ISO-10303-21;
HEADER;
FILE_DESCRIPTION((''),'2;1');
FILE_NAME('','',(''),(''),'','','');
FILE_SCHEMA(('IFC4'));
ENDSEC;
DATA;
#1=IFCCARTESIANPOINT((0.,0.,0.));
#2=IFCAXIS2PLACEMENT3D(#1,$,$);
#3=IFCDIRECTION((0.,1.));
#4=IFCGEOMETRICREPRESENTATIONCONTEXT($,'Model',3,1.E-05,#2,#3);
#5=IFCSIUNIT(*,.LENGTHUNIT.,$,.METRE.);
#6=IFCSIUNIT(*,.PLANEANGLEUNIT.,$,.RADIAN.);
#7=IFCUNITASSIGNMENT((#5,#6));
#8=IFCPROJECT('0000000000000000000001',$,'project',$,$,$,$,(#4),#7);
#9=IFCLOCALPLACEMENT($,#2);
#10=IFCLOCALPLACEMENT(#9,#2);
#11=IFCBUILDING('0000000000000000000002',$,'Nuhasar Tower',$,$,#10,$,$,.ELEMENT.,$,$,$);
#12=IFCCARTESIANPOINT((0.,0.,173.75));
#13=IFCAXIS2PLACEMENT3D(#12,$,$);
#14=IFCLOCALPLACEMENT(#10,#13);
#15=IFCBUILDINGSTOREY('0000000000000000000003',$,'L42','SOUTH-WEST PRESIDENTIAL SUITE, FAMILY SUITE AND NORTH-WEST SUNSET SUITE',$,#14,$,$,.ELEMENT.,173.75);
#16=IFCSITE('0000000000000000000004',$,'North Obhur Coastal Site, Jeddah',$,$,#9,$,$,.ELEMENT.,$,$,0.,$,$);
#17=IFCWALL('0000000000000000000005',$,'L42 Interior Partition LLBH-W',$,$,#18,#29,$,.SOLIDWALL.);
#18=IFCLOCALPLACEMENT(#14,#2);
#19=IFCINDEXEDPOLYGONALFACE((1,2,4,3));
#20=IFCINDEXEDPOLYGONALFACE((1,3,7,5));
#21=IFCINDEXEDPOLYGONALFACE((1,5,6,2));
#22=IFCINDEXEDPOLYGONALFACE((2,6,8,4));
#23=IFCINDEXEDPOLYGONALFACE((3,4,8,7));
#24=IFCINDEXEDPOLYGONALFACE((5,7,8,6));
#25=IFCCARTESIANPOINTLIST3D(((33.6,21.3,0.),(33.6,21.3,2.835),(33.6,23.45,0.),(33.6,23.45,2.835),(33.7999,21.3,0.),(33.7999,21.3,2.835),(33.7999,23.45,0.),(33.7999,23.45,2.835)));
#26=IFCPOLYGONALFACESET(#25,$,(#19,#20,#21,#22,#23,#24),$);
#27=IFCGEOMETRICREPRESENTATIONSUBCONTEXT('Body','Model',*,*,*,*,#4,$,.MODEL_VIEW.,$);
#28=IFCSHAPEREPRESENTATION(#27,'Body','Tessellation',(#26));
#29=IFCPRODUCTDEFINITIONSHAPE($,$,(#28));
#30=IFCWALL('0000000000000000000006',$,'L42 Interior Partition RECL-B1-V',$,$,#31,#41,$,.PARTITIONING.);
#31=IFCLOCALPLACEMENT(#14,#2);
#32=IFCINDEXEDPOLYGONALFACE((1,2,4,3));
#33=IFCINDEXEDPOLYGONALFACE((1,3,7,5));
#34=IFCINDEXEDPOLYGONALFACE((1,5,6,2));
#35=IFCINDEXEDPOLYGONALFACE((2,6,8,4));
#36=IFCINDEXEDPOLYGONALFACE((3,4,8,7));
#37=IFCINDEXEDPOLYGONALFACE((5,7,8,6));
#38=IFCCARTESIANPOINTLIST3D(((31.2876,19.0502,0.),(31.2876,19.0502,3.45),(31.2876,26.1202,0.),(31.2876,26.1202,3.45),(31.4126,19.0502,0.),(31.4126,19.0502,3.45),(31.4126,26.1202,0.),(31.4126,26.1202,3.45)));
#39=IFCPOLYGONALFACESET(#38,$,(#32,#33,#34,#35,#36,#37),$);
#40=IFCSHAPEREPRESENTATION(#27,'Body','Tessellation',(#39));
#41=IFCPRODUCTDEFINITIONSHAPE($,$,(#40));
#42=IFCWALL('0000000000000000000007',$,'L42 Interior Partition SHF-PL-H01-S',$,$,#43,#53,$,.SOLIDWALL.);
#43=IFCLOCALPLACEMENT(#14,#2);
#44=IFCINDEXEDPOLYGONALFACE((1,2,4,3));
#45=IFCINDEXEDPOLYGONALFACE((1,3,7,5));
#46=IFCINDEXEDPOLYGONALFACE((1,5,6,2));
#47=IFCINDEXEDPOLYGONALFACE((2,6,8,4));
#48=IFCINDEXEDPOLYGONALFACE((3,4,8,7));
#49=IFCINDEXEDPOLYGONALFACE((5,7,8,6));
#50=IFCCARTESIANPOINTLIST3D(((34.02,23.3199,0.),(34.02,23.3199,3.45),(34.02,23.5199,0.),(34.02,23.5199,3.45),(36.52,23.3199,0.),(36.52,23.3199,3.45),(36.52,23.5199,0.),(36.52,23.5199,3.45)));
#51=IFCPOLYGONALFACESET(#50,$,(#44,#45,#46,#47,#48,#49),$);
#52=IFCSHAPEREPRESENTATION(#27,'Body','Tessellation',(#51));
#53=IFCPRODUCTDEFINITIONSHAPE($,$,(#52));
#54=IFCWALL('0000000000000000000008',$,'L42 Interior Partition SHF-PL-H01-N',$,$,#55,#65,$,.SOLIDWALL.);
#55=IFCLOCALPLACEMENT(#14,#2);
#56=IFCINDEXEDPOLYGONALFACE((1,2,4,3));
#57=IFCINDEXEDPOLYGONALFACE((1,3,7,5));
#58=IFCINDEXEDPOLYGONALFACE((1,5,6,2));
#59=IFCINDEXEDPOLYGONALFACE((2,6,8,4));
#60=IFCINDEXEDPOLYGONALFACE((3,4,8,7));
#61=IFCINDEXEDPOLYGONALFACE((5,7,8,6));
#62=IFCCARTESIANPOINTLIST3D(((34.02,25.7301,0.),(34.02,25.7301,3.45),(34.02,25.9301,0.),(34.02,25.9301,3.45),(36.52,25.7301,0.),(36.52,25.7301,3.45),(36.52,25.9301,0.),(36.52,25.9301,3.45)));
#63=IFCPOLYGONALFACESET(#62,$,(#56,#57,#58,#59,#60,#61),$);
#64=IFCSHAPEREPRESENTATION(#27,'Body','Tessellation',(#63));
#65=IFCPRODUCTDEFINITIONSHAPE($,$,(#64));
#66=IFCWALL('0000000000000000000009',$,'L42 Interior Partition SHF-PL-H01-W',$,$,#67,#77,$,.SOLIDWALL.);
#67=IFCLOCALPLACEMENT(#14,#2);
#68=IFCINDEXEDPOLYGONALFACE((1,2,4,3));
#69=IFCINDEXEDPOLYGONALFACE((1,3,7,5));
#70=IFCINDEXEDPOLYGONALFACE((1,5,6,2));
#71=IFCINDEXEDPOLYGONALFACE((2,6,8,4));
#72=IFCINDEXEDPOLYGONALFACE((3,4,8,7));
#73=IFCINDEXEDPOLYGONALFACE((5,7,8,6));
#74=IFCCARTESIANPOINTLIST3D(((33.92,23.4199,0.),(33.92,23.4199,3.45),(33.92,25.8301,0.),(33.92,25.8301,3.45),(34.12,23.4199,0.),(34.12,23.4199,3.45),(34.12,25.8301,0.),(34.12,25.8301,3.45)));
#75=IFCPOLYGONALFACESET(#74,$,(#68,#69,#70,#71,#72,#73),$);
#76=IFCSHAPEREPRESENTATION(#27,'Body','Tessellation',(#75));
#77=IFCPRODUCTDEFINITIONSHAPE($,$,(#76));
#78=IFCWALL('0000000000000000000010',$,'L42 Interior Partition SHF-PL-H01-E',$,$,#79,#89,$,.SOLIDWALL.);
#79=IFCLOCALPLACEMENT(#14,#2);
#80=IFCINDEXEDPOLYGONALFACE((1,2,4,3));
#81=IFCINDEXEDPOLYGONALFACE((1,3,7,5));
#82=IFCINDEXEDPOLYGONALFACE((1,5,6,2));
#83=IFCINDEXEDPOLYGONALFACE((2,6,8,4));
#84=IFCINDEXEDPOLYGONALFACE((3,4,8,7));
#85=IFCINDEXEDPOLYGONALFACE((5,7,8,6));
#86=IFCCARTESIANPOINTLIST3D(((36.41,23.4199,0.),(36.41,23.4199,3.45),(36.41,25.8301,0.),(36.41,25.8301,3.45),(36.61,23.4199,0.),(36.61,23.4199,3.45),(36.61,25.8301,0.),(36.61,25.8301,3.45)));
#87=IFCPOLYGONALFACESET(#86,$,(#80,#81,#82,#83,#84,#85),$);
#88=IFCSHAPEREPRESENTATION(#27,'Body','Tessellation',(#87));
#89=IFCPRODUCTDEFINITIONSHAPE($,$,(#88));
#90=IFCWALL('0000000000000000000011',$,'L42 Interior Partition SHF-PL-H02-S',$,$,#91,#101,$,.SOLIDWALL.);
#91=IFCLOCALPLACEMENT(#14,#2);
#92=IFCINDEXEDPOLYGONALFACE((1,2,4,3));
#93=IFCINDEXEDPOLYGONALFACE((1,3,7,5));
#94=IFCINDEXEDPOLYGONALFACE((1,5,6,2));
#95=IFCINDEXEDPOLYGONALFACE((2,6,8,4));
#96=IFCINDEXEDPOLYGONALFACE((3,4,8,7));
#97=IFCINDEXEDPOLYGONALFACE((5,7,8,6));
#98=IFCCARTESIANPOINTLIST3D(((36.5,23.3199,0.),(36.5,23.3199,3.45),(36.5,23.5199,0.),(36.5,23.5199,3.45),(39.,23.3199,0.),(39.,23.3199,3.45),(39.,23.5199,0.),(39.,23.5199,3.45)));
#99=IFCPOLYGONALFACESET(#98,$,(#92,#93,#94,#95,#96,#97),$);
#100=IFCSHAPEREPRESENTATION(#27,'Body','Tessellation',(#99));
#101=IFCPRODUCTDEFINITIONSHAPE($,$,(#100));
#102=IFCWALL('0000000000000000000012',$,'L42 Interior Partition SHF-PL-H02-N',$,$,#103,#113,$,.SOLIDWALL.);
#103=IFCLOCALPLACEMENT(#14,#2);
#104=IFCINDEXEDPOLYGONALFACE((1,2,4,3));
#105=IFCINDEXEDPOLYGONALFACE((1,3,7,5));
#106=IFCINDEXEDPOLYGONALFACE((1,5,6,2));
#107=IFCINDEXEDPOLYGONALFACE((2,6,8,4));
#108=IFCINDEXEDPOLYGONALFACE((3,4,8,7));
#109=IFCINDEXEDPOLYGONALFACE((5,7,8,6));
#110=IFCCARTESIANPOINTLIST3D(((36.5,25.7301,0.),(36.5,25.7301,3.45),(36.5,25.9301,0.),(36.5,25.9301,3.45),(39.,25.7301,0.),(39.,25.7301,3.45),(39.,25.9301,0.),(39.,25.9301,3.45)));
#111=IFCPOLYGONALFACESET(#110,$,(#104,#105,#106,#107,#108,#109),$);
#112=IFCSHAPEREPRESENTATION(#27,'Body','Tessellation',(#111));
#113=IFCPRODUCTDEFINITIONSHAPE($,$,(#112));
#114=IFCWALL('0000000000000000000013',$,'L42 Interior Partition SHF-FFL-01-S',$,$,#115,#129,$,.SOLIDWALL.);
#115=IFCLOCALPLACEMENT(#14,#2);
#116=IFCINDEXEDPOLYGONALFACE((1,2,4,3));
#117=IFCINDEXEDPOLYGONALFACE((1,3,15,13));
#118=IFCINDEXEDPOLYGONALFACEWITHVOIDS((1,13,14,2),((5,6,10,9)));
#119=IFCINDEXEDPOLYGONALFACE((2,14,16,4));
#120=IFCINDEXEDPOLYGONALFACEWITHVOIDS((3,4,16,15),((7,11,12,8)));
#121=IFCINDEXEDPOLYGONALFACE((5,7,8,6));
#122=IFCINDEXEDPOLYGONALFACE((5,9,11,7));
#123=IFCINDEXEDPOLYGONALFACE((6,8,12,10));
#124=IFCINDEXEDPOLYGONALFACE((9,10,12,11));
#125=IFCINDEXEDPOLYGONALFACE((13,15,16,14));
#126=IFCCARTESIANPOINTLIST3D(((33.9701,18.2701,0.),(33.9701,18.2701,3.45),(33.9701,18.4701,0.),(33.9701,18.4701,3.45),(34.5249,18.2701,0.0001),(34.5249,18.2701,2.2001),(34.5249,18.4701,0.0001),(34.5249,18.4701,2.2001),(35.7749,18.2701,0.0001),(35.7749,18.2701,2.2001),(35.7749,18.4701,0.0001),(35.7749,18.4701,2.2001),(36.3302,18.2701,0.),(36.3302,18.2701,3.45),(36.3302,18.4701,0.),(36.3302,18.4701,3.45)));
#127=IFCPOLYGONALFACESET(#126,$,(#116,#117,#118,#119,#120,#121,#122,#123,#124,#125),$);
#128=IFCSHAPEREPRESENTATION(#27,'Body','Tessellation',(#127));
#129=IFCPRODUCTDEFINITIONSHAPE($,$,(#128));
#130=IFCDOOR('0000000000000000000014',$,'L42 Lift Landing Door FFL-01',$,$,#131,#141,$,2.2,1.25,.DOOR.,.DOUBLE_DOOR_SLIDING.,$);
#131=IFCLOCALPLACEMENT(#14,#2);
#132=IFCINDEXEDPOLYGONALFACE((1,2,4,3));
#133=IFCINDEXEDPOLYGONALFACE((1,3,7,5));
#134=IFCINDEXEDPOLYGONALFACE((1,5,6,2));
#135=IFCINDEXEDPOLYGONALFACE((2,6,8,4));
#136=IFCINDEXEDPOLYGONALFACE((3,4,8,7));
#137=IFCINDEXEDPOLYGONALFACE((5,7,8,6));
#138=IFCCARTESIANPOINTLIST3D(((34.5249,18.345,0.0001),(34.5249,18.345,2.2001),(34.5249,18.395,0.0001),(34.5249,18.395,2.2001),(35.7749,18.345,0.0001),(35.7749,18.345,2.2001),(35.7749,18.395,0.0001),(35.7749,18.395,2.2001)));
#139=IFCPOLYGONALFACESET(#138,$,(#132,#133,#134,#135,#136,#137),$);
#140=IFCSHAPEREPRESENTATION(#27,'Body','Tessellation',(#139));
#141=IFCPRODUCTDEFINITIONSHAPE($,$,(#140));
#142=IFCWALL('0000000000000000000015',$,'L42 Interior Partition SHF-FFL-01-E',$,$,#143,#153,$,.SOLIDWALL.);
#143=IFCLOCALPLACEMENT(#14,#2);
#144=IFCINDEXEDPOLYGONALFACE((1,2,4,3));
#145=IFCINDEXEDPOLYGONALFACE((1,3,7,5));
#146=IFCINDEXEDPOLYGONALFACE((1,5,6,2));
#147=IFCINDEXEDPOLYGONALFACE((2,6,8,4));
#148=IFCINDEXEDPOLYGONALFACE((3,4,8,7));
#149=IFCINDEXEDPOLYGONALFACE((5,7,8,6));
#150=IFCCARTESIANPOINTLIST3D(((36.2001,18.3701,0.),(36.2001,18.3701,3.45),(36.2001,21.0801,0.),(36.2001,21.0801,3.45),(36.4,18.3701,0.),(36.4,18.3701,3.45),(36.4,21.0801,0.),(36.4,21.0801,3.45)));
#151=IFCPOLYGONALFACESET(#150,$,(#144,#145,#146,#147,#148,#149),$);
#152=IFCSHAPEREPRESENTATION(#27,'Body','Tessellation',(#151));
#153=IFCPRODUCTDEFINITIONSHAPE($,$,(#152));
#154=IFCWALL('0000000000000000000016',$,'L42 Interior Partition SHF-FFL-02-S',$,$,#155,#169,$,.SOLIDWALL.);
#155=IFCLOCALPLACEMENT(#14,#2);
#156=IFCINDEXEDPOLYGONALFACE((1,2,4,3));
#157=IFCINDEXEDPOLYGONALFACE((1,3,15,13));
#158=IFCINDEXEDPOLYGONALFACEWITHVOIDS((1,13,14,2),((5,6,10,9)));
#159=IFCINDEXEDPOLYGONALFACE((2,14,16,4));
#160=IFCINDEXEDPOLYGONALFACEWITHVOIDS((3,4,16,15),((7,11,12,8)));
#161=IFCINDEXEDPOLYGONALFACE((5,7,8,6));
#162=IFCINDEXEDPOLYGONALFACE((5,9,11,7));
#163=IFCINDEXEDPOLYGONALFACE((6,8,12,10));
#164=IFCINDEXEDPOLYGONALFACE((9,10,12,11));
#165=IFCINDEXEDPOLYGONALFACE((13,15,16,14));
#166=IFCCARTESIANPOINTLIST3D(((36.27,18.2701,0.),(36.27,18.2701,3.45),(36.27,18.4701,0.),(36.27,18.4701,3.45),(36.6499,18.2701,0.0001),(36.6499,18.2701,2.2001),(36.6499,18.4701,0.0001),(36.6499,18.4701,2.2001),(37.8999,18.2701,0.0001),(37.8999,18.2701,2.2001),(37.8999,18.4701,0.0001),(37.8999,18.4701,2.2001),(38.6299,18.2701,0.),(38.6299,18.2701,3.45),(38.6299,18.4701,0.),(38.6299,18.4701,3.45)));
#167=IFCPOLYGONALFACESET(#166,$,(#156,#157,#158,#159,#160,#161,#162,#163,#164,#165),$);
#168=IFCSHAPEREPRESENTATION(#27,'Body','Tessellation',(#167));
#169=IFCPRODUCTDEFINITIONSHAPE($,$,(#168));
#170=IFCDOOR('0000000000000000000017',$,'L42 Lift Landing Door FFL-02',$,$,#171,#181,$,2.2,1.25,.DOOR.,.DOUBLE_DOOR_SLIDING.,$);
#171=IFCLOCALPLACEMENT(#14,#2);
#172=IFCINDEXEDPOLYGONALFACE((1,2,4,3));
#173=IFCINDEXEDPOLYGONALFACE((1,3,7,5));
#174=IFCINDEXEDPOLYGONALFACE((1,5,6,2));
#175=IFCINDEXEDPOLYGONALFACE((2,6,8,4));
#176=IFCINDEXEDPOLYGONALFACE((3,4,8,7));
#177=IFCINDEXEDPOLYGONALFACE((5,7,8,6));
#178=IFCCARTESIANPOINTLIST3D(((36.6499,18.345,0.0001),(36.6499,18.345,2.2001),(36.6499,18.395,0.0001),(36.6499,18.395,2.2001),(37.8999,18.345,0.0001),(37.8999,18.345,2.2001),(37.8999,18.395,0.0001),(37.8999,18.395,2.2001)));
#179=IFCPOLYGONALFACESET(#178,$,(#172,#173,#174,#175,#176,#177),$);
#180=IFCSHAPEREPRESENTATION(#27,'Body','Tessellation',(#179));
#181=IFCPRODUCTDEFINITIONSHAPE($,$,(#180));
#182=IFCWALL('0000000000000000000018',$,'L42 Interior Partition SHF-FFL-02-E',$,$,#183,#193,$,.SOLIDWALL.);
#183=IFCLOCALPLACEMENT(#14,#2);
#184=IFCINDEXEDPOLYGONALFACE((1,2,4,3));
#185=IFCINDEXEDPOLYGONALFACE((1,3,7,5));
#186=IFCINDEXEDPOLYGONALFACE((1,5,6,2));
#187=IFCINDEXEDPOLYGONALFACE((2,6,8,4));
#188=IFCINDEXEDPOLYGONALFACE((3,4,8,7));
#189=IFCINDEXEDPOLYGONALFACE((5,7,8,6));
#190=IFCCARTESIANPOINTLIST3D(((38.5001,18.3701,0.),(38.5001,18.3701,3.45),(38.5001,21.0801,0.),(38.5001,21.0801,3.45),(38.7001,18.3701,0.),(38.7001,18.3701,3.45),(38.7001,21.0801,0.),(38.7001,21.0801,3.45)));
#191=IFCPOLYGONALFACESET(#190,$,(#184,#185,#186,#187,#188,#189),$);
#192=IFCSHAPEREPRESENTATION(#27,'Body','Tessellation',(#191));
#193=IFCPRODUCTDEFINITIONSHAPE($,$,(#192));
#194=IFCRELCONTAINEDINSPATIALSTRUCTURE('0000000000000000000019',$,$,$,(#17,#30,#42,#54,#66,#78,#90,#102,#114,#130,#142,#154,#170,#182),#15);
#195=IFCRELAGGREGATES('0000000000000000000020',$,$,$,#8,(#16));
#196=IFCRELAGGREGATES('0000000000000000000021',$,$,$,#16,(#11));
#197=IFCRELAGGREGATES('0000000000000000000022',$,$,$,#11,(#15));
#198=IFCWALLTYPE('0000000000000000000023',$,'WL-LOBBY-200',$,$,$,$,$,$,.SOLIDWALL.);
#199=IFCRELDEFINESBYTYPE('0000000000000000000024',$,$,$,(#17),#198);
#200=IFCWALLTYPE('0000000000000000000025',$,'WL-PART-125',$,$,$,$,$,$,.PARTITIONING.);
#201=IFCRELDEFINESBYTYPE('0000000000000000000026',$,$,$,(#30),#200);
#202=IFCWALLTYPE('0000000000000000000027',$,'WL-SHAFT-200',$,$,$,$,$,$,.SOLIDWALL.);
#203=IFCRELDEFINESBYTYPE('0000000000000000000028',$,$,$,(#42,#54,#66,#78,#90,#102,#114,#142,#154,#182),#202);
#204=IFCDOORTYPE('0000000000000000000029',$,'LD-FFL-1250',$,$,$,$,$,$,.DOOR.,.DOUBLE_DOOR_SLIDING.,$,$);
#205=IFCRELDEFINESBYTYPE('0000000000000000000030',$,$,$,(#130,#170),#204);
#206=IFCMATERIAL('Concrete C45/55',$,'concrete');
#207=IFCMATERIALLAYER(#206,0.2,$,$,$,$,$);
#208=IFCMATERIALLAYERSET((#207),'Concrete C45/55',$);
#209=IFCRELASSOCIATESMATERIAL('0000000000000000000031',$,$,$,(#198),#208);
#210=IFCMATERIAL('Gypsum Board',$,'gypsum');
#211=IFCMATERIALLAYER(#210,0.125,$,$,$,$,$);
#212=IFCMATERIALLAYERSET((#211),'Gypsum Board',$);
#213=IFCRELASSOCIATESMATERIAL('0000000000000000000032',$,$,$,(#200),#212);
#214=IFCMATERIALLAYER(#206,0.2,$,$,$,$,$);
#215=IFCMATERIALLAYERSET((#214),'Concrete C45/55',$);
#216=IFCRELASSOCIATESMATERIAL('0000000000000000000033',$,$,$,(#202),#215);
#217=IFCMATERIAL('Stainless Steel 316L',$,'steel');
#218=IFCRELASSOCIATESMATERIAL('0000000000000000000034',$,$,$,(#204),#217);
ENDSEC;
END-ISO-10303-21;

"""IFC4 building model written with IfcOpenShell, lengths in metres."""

from ifc_helpers import new_model, si_unit, direction, frame, frame_2d, origin, place, context, subcontext, project, spatial, rectangle, extrude, material, layer, layer_set, type_object, element, fill, save


model = new_model("IFC4")

# Units and contexts
model_context = context("Model", 3, precision=1e-05, world=origin(), true_north=direction((0.0, 1.0)))
body_context = subcontext(model_context, "Body", "Model", "MODEL_VIEW")
ifc_project = project(units=[si_unit("LENGTHUNIT", "METRE"), si_unit("PLANEANGLEUNIT", "RADIAN")], contexts=[model_context])

# Site, building, storey
site_placement = place(None, origin())
site = spatial("IfcSite", under=ifc_project, at=site_placement, Name="North Obhur Coastal Site, Jeddah", CompositionType="ELEMENT", RefElevation=0.0)
building_placement = place(site_placement, origin())
building = spatial("IfcBuilding", under=site, at=building_placement, Name="Nuhasar Tower", CompositionType="ELEMENT")
storey_placement = place(building_placement, frame((0.0, 0.0, 173.75)))
storey = spatial("IfcBuildingStorey", under=building, at=storey_placement, Name="L42", Description="SOUTH-WEST PRESIDENTIAL SUITE, FAMILY SUITE AND NORTH-WEST SUNSET SUITE", CompositionType="ELEMENT", Elevation=173.75)

# Shared definitions
ifc_material_1 = material(Name="Gypsum Board", Category="gypsum")

# Walls
ifc_material_2 = material(Name="Concrete C45/55", Category="concrete")
ifc_layer_1 = layer(ifc_material_2, 0.2)
ifc_layer_set_1 = layer_set([ifc_layer_1], Name="Concrete C45/55")
wall_type_1 = type_object("IfcWallType", Name="WL-LOBBY-200", PredefinedType="SOLIDWALL", material=ifc_layer_set_1)
wall_1_placement = place(storey_placement, frame((33.7, 21.3, 0.0), z_axis=(0.0, 0.0, 1.0), x_axis=(0.0, 1.0, 0.0)))
element("IfcWall", 1, at=wall_1_placement, inside=storey, type_object=wall_type_1, Name="L42 Interior Partition LLBH-W", PredefinedType="SOLIDWALL", context=body_context, shape_type="SweptSolid", body=[
    extrude(rectangle(XDim=2.1499, YDim=0.2, at=frame_2d((1.075, 0.0))), origin(), (0.0, 0.0, 1.0), 2.835),
])
ifc_layer_2 = layer(ifc_material_1, 0.125)
ifc_layer_set_2 = layer_set([ifc_layer_2], Name="Gypsum Board")
wall_type_2 = type_object("IfcWallType", Name="WL-PART-125", PredefinedType="PARTITIONING", material=ifc_layer_set_2)
wall_2_placement = place(storey_placement, frame((31.3501, 19.05, 0.0), z_axis=(0.0, 0.0, 1.0), x_axis=(0.0, 1.0, 0.0)))
element("IfcWall", 2, at=wall_2_placement, inside=storey, type_object=wall_type_2, Name="L42 Interior Partition RECL-B1-V", PredefinedType="PARTITIONING", context=body_context, shape_type="SweptSolid", body=[
    extrude(rectangle(XDim=7.0701, YDim=0.125, at=frame_2d((3.5352, 0.0))), origin(), (0.0, 0.0, 1.0), 3.45),
])
ifc_layer_3 = layer(ifc_material_2, 0.2)
ifc_layer_set_3 = layer_set([ifc_layer_3], Name="Concrete C45/55")
wall_type_3 = type_object("IfcWallType", Name="WL-SHAFT-200", PredefinedType="SOLIDWALL", material=ifc_layer_set_3)
for number, where, z_axis, x_axis, name in (
    (3, (34.02, 23.4199, 0.0), (0.0, 0.0, 1.0), (1.0, 0.0, 0.0), "L42 Interior Partition SHF-PL-H01-S"),
    (4, (34.02, 25.8301, 0.0), (0.0, 0.0, 1.0), (1.0, 0.0, 0.0), "L42 Interior Partition SHF-PL-H01-N"),
):
    element("IfcWall", number, at=place(storey_placement, frame(where, z_axis=z_axis, x_axis=x_axis)), inside=storey, type_object=wall_type_3, Name=name, PredefinedType="SOLIDWALL", context=body_context, shape_type="SweptSolid", body=[
        extrude(rectangle(XDim=2.5, YDim=0.2, at=frame_2d((1.25, 0.0))), origin(), (0.0, 0.0, 1.0), 3.45),
    ])
for number, where, z_axis, x_axis, name in (
    (5, (34.02, 23.4199, 0.0), (0.0, 0.0, 1.0), (0.0, 1.0, 0.0), "L42 Interior Partition SHF-PL-H01-W"),
    (6, (36.51, 23.4199, 0.0), (0.0, 0.0, 1.0), (0.0, 1.0, 0.0), "L42 Interior Partition SHF-PL-H01-E"),
):
    element("IfcWall", number, at=place(storey_placement, frame(where, z_axis=z_axis, x_axis=x_axis)), inside=storey, type_object=wall_type_3, Name=name, PredefinedType="SOLIDWALL", context=body_context, shape_type="SweptSolid", body=[
        extrude(rectangle(XDim=2.4102, YDim=0.2, at=frame_2d((1.2051, 0.0))), origin(), (0.0, 0.0, 1.0), 3.45),
    ])
for number, where, z_axis, x_axis, name in (
    (7, (36.5, 23.4199, 0.0), (0.0, 0.0, 1.0), (1.0, 0.0, 0.0), "L42 Interior Partition SHF-PL-H02-S"),
    (8, (36.5, 25.8301, 0.0), (0.0, 0.0, 1.0), (1.0, 0.0, 0.0), "L42 Interior Partition SHF-PL-H02-N"),
):
    element("IfcWall", number, at=place(storey_placement, frame(where, z_axis=z_axis, x_axis=x_axis)), inside=storey, type_object=wall_type_3, Name=name, PredefinedType="SOLIDWALL", context=body_context, shape_type="SweptSolid", body=[
        extrude(rectangle(XDim=2.5, YDim=0.2, at=frame_2d((1.25, 0.0))), origin(), (0.0, 0.0, 1.0), 3.45),
    ])

# Wall, opening, door
wall_3_placement = place(storey_placement, frame((33.97, 18.3701, 0.0), z_axis=(0.0, 0.0, 1.0), x_axis=(1.0, 0.0, 0.0)))
wall_3 = element("IfcWall", 9, at=wall_3_placement, inside=storey, type_object=wall_type_3, Name="L42 Interior Partition SHF-FFL-01-S", PredefinedType="SOLIDWALL", context=body_context, shape_type="SweptSolid", body=[
    extrude(rectangle(XDim=2.3601, YDim=0.2, at=frame_2d((1.1802, 0.0))), origin(), (0.0, 0.0, 1.0), 3.45),
])
opening_1_placement = place(wall_3_placement, frame((0.5549, 0.0, 0.0)))
opening_1 = element("IfcOpeningElement", 10, at=opening_1_placement, cuts=wall_3, PredefinedType="OPENING", context=body_context, shape_type="SweptSolid", body=[
    extrude(rectangle(XDim=1.25, YDim=2.2, at=frame_2d((0.625, 1.1001))), frame((0.0, 0.1099, 0.0), z_axis=(0.0, -1.0, 0.0), x_axis=(1.0, 0.0, 0.0)), (0.0, 0.0, 1.0), 0.22),
])
ifc_material_3 = material(Name="Stainless Steel 316L", Category="steel")
door_type_1 = type_object("IfcDoorType", Name="LD-FFL-1250", OperationType="DOUBLE_DOOR_SLIDING", PredefinedType="DOOR", material=ifc_material_3)
door_1_placement = place(opening_1_placement, origin())
door_1 = element("IfcDoor", 11, at=door_1_placement, inside=storey, type_object=door_type_1, Name="L42 Lift Landing Door FFL-01", OperationType="DOUBLE_DOOR_SLIDING", OverallHeight=2.2, OverallWidth=1.25, PredefinedType="DOOR", context=body_context, shape_type="SweptSolid", body=[
    extrude(rectangle(XDim=1.25, YDim=2.2, at=frame_2d((0.625, 1.1001))), frame((0.0, 0.0249, 0.0), z_axis=(0.0, -1.0, 0.0), x_axis=(1.0, 0.0, 0.0)), (0.0, 0.0, 1.0), 0.05),
])
fill(opening_1, door_1)

# Wall
wall_4_placement = place(storey_placement, frame((36.3, 18.3701, 0.0), z_axis=(0.0, 0.0, 1.0), x_axis=(0.0, 1.0, 0.0)))
element("IfcWall", 12, at=wall_4_placement, inside=storey, type_object=wall_type_3, Name="L42 Interior Partition SHF-FFL-01-E", PredefinedType="SOLIDWALL", context=body_context, shape_type="SweptSolid", body=[
    extrude(rectangle(XDim=2.71, YDim=0.2, at=frame_2d((1.355, 0.0))), origin(), (0.0, 0.0, 1.0), 3.45),
])

# Wall, opening, door
wall_5_placement = place(storey_placement, frame((36.27, 18.3701, 0.0), z_axis=(0.0, 0.0, 1.0), x_axis=(1.0, 0.0, 0.0)))
wall_5 = element("IfcWall", 13, at=wall_5_placement, inside=storey, type_object=wall_type_3, Name="L42 Interior Partition SHF-FFL-02-S", PredefinedType="SOLIDWALL", context=body_context, shape_type="SweptSolid", body=[
    extrude(rectangle(XDim=2.3599, YDim=0.2, at=frame_2d((1.1799, 0.0))), origin(), (0.0, 0.0, 1.0), 3.45),
])
opening_2_placement = place(wall_5_placement, frame((0.3799, 0.0, 0.0)))
opening_2 = element("IfcOpeningElement", 14, at=opening_2_placement, cuts=wall_5, PredefinedType="OPENING", context=body_context, shape_type="SweptSolid", body=[
    extrude(rectangle(XDim=1.25, YDim=2.2, at=frame_2d((0.625, 1.1001))), frame((0.0, 0.1099, 0.0), z_axis=(0.0, -1.0, 0.0), x_axis=(1.0, 0.0, 0.0)), (0.0, 0.0, 1.0), 0.22),
])
door_2_placement = place(opening_2_placement, origin())
door_2 = element("IfcDoor", 15, at=door_2_placement, inside=storey, type_object=door_type_1, Name="L42 Lift Landing Door FFL-02", OperationType="DOUBLE_DOOR_SLIDING", OverallHeight=2.2, OverallWidth=1.25, PredefinedType="DOOR", context=body_context, shape_type="SweptSolid", body=[
    extrude(rectangle(XDim=1.25, YDim=2.2, at=frame_2d((0.625, 1.1001))), frame((0.0, 0.0249, 0.0), z_axis=(0.0, -1.0, 0.0), x_axis=(1.0, 0.0, 0.0)), (0.0, 0.0, 1.0), 0.05),
])
fill(opening_2, door_2)

# Wall
wall_6_placement = place(storey_placement, frame((38.6001, 18.3701, 0.0), z_axis=(0.0, 0.0, 1.0), x_axis=(0.0, 1.0, 0.0)))
element("IfcWall", 16, at=wall_6_placement, inside=storey, type_object=wall_type_3, Name="L42 Interior Partition SHF-FFL-02-E", PredefinedType="SOLIDWALL", context=body_context, shape_type="SweptSolid", body=[
    extrude(rectangle(XDim=2.71, YDim=0.2, at=frame_2d((1.355, 0.0))), origin(), (0.0, 0.0, 1.0), 3.45),
])

save(model, "model.ifc")
